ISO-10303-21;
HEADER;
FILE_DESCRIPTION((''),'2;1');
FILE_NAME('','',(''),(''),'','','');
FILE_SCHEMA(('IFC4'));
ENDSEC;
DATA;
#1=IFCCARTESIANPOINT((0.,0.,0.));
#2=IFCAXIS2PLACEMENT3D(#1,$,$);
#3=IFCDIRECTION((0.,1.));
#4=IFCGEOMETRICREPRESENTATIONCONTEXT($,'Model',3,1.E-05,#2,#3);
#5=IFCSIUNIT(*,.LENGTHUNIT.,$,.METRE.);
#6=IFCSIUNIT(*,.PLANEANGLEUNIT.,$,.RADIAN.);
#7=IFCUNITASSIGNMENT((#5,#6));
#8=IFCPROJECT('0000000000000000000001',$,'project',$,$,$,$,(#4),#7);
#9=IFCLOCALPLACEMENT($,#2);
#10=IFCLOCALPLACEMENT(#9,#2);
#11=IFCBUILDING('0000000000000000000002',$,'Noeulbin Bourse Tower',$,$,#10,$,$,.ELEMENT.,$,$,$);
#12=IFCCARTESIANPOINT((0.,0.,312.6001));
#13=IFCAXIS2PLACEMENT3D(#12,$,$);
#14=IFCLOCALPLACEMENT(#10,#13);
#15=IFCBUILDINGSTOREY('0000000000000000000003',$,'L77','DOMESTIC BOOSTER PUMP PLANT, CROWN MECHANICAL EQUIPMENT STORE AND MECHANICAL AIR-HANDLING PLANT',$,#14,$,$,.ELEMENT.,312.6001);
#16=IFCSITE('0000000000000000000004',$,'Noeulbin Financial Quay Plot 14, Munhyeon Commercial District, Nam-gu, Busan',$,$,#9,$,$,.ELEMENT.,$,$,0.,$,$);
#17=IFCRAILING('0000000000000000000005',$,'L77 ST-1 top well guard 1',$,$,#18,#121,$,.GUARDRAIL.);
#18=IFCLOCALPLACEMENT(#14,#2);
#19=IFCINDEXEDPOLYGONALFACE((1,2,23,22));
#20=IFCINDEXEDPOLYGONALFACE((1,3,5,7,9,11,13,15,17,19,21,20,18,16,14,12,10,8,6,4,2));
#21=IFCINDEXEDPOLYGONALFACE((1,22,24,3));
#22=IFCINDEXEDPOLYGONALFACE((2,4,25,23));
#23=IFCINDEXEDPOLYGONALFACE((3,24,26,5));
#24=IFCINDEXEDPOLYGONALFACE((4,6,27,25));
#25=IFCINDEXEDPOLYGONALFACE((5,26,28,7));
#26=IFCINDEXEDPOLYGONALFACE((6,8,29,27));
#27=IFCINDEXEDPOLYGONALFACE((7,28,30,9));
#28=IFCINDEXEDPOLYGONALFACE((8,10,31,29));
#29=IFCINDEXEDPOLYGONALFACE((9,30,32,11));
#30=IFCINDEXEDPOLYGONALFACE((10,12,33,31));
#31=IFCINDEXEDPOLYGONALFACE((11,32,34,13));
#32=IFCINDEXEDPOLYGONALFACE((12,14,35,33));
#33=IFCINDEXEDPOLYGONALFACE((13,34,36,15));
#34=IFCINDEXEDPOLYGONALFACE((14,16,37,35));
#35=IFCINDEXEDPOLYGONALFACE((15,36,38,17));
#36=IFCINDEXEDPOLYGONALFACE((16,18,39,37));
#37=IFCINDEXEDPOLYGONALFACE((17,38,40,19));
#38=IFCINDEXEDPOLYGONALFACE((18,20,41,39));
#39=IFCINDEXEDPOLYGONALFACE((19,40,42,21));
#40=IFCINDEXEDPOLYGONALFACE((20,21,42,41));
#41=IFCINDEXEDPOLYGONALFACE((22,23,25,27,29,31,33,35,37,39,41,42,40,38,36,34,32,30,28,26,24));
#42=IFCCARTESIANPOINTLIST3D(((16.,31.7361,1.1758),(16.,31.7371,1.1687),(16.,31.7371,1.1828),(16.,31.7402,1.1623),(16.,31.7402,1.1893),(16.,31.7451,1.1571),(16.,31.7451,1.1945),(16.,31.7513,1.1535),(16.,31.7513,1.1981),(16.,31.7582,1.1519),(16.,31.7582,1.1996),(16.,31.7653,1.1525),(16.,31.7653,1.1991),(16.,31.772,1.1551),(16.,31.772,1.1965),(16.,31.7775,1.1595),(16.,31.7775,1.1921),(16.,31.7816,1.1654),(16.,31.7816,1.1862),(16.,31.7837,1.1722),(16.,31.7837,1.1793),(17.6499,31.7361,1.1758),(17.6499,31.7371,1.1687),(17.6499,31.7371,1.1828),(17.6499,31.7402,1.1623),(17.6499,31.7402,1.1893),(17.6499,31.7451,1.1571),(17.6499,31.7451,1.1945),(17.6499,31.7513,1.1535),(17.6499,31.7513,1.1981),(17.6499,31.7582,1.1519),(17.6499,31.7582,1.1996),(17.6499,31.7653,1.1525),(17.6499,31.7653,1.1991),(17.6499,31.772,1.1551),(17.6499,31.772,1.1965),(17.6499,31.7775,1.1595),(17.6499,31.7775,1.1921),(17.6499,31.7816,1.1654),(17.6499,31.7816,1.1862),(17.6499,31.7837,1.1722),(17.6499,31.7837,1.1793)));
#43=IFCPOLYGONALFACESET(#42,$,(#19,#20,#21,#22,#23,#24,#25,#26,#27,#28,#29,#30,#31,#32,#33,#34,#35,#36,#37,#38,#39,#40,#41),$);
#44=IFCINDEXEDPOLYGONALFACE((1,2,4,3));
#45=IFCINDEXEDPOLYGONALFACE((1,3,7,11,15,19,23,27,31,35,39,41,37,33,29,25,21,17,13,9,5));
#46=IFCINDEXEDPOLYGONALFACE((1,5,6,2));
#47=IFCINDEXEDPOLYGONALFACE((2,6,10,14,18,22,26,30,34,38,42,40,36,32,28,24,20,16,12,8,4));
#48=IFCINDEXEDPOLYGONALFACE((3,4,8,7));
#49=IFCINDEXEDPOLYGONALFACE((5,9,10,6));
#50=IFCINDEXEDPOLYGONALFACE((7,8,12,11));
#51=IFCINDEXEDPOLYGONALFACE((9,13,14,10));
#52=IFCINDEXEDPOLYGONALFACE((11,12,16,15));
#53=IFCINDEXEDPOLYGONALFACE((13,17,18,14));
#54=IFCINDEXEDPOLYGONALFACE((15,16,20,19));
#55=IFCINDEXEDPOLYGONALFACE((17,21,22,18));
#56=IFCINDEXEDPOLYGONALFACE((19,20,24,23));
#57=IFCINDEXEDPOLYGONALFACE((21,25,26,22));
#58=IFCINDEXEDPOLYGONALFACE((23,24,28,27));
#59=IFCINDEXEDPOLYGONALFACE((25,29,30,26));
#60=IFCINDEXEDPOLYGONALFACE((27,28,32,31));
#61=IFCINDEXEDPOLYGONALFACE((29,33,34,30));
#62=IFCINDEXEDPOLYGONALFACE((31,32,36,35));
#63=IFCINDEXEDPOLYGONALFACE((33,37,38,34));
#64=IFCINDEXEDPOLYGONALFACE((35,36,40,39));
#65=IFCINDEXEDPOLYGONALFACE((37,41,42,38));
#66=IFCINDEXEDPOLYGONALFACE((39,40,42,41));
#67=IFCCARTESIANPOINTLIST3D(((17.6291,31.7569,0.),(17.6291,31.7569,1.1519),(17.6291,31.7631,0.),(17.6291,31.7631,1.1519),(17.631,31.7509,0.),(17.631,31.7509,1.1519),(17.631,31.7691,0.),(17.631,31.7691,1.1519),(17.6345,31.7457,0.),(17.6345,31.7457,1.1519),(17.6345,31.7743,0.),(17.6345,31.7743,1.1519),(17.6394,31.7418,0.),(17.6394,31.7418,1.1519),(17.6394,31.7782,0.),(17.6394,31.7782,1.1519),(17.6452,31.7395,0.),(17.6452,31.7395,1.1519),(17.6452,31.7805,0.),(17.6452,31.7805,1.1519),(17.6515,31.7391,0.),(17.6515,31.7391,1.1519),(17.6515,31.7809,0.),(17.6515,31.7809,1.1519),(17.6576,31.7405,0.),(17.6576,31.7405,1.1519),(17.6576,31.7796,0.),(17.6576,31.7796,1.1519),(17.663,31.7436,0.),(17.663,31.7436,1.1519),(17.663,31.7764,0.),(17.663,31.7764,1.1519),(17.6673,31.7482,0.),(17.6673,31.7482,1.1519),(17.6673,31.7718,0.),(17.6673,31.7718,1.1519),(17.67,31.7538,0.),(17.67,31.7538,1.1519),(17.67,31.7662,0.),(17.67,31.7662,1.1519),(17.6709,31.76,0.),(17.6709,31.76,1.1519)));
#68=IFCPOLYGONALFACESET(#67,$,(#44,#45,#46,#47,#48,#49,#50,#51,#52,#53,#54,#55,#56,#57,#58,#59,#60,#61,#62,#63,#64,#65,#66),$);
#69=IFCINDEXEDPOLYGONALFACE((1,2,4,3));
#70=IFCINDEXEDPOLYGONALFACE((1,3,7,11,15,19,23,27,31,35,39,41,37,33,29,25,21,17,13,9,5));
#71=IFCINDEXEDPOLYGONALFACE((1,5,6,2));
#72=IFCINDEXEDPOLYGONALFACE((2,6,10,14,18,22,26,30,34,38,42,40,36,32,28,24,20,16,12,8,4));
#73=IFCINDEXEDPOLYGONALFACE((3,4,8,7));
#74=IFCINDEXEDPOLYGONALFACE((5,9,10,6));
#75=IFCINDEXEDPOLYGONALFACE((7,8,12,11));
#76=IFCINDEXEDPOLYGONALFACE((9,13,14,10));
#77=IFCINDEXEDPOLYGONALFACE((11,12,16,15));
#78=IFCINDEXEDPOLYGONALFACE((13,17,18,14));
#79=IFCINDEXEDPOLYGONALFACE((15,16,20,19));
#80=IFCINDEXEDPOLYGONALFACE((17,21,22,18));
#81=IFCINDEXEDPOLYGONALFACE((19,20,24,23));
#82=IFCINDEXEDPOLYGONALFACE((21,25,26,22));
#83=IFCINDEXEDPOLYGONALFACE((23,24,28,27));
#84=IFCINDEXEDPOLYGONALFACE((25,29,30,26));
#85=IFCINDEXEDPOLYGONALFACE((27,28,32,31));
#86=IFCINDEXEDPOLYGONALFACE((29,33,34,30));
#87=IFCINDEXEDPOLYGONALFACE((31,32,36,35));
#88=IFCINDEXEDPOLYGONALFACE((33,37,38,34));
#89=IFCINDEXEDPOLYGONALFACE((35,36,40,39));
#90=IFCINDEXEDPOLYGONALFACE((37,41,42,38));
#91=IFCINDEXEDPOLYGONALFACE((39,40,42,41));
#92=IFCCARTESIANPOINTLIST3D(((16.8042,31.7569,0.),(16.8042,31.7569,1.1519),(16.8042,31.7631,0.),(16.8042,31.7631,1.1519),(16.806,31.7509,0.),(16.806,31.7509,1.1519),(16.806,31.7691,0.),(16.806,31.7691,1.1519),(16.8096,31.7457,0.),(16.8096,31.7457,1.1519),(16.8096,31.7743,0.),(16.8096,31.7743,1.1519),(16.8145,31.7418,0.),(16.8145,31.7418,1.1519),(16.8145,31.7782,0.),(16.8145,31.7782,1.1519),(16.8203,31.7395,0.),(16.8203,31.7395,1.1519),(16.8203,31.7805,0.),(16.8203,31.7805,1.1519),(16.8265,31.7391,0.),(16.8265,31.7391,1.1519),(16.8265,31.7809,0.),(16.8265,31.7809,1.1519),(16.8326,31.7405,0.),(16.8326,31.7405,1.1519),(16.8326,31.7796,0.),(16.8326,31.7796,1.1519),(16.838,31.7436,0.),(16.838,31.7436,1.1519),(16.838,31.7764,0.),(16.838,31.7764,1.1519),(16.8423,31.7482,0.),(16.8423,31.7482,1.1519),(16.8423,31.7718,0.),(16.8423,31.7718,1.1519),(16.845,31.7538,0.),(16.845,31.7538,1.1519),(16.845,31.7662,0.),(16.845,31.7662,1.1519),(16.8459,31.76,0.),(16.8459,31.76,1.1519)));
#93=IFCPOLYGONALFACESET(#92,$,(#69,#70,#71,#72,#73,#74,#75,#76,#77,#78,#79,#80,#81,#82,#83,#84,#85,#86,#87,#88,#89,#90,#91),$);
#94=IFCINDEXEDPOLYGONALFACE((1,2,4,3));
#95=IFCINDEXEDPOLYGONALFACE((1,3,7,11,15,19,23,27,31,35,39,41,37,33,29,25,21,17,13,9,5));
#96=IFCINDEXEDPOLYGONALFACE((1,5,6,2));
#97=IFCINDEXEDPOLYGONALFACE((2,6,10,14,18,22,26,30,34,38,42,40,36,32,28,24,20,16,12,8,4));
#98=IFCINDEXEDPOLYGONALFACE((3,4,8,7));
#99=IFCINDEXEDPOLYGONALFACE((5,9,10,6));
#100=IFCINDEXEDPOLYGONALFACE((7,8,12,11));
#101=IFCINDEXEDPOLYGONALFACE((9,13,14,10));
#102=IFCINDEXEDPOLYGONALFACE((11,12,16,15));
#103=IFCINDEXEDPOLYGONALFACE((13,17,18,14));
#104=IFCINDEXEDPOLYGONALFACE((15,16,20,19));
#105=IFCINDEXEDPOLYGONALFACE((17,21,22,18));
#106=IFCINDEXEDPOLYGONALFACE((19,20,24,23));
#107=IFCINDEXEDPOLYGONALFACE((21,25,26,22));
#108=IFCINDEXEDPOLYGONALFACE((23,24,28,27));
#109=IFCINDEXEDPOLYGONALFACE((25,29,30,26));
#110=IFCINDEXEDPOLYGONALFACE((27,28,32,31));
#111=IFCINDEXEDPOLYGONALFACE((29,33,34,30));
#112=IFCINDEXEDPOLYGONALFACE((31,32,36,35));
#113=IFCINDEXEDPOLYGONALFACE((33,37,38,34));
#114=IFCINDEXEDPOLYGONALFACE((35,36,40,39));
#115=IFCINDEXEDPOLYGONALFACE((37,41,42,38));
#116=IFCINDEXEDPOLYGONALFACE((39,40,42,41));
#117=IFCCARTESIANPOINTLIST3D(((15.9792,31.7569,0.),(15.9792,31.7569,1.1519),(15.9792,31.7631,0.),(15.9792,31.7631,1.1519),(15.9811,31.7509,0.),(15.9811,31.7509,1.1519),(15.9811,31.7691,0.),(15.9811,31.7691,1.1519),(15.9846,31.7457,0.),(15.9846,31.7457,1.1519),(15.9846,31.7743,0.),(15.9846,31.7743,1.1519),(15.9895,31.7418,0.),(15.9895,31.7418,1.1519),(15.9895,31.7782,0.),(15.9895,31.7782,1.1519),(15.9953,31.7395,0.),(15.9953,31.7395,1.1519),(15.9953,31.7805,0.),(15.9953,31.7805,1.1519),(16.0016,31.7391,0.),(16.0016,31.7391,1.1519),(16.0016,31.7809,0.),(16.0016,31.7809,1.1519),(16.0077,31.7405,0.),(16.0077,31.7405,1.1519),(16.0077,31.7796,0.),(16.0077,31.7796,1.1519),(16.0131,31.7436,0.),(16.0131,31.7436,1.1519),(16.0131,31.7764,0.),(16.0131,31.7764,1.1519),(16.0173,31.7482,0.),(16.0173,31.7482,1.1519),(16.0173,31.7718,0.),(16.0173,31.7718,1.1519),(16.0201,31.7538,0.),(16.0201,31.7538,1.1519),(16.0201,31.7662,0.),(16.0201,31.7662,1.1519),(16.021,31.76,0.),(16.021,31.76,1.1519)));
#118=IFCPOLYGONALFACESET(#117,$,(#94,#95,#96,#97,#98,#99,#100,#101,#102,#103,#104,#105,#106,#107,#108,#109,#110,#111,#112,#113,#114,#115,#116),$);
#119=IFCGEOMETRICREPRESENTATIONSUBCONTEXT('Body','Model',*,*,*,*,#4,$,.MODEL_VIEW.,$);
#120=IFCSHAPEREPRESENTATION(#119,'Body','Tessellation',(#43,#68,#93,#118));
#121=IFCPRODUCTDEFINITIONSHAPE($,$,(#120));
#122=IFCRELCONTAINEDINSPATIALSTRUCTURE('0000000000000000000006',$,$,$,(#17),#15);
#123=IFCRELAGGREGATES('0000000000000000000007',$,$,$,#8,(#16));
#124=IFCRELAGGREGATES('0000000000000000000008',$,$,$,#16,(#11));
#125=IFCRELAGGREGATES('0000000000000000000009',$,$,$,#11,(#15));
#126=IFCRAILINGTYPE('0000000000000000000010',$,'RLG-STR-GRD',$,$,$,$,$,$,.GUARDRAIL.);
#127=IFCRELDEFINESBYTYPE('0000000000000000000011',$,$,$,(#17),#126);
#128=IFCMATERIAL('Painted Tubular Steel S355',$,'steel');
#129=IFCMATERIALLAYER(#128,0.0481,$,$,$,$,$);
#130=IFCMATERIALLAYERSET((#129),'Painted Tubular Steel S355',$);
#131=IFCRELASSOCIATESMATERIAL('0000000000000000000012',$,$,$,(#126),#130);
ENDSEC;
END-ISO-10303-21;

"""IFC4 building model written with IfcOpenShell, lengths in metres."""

from ifc_helpers import new_model, si_unit, direction, frame, origin, origin_2d, place, context, subcontext, project, spatial, circle, extrude, material, layer, layer_set, type_object, element, save


model = new_model("IFC4")

# Units and contexts
model_context = context("Model", 3, precision=1e-05, world=origin(), true_north=direction((0.0, 1.0)))
body_context = subcontext(model_context, "Body", "Model", "MODEL_VIEW")
ifc_project = project(units=[si_unit("LENGTHUNIT", "METRE"), si_unit("PLANEANGLEUNIT", "RADIAN")], contexts=[model_context])

# Site, building, storey
site_placement = place(None, origin())
site = spatial("IfcSite", under=ifc_project, at=site_placement, Name="Noeulbin Financial Quay Plot 14, Munhyeon Commercial District, Nam-gu, Busan", CompositionType="ELEMENT", RefElevation=0.0)
building_placement = place(site_placement, origin())
building = spatial("IfcBuilding", under=site, at=building_placement, Name="Noeulbin Bourse Tower", CompositionType="ELEMENT")
storey_placement = place(building_placement, frame((0.0, 0.0, 312.6001)))
storey = spatial("IfcBuildingStorey", under=building, at=storey_placement, Name="L77", Description="DOMESTIC BOOSTER PUMP PLANT, CROWN MECHANICAL EQUIPMENT STORE AND MECHANICAL AIR-HANDLING PLANT", CompositionType="ELEMENT", Elevation=312.6001)

# Railing
ifc_material_1 = material(Name="Painted Tubular Steel S355", Category="steel")
ifc_layer_1 = layer(ifc_material_1, 0.0481)
ifc_layer_set_1 = layer_set([ifc_layer_1], Name="Painted Tubular Steel S355")
railing_type = type_object("IfcRailingType", Name="RLG-STR-GRD", PredefinedType="GUARDRAIL", material=ifc_layer_set_1)
railing_placement = place(storey_placement, frame((17.6499, 31.76, 0.0)))
element("IfcRailing", 1, at=railing_placement, inside=storey, type_object=railing_type, Name="L77 ST-1 top well guard 1", PredefinedType="GUARDRAIL", context=body_context, shape_type="SweptSolid", body=[
    extrude(circle(Radius=0.0239, at=origin_2d()), frame((0.0, 0.0, 1.1758), z_axis=(-1.0, 0.0, 0.0), x_axis=(0.0, -1.0, 0.0)), (0.0, 0.0, 1.0), 1.6499),
    extrude(circle(Radius=0.021, at=origin_2d()), origin(), (0.0, 0.0, 1.0), 1.1519),
    extrude(circle(Radius=0.021, at=origin_2d()), frame((-0.825, 0.0, 0.0)), (0.0, 0.0, 1.0), 1.1519),
    extrude(circle(Radius=0.021, at=origin_2d()), frame((-1.6499, 0.0, 0.0)), (0.0, 0.0, 1.0), 1.1519),
])

save(model, "model.ifc")
